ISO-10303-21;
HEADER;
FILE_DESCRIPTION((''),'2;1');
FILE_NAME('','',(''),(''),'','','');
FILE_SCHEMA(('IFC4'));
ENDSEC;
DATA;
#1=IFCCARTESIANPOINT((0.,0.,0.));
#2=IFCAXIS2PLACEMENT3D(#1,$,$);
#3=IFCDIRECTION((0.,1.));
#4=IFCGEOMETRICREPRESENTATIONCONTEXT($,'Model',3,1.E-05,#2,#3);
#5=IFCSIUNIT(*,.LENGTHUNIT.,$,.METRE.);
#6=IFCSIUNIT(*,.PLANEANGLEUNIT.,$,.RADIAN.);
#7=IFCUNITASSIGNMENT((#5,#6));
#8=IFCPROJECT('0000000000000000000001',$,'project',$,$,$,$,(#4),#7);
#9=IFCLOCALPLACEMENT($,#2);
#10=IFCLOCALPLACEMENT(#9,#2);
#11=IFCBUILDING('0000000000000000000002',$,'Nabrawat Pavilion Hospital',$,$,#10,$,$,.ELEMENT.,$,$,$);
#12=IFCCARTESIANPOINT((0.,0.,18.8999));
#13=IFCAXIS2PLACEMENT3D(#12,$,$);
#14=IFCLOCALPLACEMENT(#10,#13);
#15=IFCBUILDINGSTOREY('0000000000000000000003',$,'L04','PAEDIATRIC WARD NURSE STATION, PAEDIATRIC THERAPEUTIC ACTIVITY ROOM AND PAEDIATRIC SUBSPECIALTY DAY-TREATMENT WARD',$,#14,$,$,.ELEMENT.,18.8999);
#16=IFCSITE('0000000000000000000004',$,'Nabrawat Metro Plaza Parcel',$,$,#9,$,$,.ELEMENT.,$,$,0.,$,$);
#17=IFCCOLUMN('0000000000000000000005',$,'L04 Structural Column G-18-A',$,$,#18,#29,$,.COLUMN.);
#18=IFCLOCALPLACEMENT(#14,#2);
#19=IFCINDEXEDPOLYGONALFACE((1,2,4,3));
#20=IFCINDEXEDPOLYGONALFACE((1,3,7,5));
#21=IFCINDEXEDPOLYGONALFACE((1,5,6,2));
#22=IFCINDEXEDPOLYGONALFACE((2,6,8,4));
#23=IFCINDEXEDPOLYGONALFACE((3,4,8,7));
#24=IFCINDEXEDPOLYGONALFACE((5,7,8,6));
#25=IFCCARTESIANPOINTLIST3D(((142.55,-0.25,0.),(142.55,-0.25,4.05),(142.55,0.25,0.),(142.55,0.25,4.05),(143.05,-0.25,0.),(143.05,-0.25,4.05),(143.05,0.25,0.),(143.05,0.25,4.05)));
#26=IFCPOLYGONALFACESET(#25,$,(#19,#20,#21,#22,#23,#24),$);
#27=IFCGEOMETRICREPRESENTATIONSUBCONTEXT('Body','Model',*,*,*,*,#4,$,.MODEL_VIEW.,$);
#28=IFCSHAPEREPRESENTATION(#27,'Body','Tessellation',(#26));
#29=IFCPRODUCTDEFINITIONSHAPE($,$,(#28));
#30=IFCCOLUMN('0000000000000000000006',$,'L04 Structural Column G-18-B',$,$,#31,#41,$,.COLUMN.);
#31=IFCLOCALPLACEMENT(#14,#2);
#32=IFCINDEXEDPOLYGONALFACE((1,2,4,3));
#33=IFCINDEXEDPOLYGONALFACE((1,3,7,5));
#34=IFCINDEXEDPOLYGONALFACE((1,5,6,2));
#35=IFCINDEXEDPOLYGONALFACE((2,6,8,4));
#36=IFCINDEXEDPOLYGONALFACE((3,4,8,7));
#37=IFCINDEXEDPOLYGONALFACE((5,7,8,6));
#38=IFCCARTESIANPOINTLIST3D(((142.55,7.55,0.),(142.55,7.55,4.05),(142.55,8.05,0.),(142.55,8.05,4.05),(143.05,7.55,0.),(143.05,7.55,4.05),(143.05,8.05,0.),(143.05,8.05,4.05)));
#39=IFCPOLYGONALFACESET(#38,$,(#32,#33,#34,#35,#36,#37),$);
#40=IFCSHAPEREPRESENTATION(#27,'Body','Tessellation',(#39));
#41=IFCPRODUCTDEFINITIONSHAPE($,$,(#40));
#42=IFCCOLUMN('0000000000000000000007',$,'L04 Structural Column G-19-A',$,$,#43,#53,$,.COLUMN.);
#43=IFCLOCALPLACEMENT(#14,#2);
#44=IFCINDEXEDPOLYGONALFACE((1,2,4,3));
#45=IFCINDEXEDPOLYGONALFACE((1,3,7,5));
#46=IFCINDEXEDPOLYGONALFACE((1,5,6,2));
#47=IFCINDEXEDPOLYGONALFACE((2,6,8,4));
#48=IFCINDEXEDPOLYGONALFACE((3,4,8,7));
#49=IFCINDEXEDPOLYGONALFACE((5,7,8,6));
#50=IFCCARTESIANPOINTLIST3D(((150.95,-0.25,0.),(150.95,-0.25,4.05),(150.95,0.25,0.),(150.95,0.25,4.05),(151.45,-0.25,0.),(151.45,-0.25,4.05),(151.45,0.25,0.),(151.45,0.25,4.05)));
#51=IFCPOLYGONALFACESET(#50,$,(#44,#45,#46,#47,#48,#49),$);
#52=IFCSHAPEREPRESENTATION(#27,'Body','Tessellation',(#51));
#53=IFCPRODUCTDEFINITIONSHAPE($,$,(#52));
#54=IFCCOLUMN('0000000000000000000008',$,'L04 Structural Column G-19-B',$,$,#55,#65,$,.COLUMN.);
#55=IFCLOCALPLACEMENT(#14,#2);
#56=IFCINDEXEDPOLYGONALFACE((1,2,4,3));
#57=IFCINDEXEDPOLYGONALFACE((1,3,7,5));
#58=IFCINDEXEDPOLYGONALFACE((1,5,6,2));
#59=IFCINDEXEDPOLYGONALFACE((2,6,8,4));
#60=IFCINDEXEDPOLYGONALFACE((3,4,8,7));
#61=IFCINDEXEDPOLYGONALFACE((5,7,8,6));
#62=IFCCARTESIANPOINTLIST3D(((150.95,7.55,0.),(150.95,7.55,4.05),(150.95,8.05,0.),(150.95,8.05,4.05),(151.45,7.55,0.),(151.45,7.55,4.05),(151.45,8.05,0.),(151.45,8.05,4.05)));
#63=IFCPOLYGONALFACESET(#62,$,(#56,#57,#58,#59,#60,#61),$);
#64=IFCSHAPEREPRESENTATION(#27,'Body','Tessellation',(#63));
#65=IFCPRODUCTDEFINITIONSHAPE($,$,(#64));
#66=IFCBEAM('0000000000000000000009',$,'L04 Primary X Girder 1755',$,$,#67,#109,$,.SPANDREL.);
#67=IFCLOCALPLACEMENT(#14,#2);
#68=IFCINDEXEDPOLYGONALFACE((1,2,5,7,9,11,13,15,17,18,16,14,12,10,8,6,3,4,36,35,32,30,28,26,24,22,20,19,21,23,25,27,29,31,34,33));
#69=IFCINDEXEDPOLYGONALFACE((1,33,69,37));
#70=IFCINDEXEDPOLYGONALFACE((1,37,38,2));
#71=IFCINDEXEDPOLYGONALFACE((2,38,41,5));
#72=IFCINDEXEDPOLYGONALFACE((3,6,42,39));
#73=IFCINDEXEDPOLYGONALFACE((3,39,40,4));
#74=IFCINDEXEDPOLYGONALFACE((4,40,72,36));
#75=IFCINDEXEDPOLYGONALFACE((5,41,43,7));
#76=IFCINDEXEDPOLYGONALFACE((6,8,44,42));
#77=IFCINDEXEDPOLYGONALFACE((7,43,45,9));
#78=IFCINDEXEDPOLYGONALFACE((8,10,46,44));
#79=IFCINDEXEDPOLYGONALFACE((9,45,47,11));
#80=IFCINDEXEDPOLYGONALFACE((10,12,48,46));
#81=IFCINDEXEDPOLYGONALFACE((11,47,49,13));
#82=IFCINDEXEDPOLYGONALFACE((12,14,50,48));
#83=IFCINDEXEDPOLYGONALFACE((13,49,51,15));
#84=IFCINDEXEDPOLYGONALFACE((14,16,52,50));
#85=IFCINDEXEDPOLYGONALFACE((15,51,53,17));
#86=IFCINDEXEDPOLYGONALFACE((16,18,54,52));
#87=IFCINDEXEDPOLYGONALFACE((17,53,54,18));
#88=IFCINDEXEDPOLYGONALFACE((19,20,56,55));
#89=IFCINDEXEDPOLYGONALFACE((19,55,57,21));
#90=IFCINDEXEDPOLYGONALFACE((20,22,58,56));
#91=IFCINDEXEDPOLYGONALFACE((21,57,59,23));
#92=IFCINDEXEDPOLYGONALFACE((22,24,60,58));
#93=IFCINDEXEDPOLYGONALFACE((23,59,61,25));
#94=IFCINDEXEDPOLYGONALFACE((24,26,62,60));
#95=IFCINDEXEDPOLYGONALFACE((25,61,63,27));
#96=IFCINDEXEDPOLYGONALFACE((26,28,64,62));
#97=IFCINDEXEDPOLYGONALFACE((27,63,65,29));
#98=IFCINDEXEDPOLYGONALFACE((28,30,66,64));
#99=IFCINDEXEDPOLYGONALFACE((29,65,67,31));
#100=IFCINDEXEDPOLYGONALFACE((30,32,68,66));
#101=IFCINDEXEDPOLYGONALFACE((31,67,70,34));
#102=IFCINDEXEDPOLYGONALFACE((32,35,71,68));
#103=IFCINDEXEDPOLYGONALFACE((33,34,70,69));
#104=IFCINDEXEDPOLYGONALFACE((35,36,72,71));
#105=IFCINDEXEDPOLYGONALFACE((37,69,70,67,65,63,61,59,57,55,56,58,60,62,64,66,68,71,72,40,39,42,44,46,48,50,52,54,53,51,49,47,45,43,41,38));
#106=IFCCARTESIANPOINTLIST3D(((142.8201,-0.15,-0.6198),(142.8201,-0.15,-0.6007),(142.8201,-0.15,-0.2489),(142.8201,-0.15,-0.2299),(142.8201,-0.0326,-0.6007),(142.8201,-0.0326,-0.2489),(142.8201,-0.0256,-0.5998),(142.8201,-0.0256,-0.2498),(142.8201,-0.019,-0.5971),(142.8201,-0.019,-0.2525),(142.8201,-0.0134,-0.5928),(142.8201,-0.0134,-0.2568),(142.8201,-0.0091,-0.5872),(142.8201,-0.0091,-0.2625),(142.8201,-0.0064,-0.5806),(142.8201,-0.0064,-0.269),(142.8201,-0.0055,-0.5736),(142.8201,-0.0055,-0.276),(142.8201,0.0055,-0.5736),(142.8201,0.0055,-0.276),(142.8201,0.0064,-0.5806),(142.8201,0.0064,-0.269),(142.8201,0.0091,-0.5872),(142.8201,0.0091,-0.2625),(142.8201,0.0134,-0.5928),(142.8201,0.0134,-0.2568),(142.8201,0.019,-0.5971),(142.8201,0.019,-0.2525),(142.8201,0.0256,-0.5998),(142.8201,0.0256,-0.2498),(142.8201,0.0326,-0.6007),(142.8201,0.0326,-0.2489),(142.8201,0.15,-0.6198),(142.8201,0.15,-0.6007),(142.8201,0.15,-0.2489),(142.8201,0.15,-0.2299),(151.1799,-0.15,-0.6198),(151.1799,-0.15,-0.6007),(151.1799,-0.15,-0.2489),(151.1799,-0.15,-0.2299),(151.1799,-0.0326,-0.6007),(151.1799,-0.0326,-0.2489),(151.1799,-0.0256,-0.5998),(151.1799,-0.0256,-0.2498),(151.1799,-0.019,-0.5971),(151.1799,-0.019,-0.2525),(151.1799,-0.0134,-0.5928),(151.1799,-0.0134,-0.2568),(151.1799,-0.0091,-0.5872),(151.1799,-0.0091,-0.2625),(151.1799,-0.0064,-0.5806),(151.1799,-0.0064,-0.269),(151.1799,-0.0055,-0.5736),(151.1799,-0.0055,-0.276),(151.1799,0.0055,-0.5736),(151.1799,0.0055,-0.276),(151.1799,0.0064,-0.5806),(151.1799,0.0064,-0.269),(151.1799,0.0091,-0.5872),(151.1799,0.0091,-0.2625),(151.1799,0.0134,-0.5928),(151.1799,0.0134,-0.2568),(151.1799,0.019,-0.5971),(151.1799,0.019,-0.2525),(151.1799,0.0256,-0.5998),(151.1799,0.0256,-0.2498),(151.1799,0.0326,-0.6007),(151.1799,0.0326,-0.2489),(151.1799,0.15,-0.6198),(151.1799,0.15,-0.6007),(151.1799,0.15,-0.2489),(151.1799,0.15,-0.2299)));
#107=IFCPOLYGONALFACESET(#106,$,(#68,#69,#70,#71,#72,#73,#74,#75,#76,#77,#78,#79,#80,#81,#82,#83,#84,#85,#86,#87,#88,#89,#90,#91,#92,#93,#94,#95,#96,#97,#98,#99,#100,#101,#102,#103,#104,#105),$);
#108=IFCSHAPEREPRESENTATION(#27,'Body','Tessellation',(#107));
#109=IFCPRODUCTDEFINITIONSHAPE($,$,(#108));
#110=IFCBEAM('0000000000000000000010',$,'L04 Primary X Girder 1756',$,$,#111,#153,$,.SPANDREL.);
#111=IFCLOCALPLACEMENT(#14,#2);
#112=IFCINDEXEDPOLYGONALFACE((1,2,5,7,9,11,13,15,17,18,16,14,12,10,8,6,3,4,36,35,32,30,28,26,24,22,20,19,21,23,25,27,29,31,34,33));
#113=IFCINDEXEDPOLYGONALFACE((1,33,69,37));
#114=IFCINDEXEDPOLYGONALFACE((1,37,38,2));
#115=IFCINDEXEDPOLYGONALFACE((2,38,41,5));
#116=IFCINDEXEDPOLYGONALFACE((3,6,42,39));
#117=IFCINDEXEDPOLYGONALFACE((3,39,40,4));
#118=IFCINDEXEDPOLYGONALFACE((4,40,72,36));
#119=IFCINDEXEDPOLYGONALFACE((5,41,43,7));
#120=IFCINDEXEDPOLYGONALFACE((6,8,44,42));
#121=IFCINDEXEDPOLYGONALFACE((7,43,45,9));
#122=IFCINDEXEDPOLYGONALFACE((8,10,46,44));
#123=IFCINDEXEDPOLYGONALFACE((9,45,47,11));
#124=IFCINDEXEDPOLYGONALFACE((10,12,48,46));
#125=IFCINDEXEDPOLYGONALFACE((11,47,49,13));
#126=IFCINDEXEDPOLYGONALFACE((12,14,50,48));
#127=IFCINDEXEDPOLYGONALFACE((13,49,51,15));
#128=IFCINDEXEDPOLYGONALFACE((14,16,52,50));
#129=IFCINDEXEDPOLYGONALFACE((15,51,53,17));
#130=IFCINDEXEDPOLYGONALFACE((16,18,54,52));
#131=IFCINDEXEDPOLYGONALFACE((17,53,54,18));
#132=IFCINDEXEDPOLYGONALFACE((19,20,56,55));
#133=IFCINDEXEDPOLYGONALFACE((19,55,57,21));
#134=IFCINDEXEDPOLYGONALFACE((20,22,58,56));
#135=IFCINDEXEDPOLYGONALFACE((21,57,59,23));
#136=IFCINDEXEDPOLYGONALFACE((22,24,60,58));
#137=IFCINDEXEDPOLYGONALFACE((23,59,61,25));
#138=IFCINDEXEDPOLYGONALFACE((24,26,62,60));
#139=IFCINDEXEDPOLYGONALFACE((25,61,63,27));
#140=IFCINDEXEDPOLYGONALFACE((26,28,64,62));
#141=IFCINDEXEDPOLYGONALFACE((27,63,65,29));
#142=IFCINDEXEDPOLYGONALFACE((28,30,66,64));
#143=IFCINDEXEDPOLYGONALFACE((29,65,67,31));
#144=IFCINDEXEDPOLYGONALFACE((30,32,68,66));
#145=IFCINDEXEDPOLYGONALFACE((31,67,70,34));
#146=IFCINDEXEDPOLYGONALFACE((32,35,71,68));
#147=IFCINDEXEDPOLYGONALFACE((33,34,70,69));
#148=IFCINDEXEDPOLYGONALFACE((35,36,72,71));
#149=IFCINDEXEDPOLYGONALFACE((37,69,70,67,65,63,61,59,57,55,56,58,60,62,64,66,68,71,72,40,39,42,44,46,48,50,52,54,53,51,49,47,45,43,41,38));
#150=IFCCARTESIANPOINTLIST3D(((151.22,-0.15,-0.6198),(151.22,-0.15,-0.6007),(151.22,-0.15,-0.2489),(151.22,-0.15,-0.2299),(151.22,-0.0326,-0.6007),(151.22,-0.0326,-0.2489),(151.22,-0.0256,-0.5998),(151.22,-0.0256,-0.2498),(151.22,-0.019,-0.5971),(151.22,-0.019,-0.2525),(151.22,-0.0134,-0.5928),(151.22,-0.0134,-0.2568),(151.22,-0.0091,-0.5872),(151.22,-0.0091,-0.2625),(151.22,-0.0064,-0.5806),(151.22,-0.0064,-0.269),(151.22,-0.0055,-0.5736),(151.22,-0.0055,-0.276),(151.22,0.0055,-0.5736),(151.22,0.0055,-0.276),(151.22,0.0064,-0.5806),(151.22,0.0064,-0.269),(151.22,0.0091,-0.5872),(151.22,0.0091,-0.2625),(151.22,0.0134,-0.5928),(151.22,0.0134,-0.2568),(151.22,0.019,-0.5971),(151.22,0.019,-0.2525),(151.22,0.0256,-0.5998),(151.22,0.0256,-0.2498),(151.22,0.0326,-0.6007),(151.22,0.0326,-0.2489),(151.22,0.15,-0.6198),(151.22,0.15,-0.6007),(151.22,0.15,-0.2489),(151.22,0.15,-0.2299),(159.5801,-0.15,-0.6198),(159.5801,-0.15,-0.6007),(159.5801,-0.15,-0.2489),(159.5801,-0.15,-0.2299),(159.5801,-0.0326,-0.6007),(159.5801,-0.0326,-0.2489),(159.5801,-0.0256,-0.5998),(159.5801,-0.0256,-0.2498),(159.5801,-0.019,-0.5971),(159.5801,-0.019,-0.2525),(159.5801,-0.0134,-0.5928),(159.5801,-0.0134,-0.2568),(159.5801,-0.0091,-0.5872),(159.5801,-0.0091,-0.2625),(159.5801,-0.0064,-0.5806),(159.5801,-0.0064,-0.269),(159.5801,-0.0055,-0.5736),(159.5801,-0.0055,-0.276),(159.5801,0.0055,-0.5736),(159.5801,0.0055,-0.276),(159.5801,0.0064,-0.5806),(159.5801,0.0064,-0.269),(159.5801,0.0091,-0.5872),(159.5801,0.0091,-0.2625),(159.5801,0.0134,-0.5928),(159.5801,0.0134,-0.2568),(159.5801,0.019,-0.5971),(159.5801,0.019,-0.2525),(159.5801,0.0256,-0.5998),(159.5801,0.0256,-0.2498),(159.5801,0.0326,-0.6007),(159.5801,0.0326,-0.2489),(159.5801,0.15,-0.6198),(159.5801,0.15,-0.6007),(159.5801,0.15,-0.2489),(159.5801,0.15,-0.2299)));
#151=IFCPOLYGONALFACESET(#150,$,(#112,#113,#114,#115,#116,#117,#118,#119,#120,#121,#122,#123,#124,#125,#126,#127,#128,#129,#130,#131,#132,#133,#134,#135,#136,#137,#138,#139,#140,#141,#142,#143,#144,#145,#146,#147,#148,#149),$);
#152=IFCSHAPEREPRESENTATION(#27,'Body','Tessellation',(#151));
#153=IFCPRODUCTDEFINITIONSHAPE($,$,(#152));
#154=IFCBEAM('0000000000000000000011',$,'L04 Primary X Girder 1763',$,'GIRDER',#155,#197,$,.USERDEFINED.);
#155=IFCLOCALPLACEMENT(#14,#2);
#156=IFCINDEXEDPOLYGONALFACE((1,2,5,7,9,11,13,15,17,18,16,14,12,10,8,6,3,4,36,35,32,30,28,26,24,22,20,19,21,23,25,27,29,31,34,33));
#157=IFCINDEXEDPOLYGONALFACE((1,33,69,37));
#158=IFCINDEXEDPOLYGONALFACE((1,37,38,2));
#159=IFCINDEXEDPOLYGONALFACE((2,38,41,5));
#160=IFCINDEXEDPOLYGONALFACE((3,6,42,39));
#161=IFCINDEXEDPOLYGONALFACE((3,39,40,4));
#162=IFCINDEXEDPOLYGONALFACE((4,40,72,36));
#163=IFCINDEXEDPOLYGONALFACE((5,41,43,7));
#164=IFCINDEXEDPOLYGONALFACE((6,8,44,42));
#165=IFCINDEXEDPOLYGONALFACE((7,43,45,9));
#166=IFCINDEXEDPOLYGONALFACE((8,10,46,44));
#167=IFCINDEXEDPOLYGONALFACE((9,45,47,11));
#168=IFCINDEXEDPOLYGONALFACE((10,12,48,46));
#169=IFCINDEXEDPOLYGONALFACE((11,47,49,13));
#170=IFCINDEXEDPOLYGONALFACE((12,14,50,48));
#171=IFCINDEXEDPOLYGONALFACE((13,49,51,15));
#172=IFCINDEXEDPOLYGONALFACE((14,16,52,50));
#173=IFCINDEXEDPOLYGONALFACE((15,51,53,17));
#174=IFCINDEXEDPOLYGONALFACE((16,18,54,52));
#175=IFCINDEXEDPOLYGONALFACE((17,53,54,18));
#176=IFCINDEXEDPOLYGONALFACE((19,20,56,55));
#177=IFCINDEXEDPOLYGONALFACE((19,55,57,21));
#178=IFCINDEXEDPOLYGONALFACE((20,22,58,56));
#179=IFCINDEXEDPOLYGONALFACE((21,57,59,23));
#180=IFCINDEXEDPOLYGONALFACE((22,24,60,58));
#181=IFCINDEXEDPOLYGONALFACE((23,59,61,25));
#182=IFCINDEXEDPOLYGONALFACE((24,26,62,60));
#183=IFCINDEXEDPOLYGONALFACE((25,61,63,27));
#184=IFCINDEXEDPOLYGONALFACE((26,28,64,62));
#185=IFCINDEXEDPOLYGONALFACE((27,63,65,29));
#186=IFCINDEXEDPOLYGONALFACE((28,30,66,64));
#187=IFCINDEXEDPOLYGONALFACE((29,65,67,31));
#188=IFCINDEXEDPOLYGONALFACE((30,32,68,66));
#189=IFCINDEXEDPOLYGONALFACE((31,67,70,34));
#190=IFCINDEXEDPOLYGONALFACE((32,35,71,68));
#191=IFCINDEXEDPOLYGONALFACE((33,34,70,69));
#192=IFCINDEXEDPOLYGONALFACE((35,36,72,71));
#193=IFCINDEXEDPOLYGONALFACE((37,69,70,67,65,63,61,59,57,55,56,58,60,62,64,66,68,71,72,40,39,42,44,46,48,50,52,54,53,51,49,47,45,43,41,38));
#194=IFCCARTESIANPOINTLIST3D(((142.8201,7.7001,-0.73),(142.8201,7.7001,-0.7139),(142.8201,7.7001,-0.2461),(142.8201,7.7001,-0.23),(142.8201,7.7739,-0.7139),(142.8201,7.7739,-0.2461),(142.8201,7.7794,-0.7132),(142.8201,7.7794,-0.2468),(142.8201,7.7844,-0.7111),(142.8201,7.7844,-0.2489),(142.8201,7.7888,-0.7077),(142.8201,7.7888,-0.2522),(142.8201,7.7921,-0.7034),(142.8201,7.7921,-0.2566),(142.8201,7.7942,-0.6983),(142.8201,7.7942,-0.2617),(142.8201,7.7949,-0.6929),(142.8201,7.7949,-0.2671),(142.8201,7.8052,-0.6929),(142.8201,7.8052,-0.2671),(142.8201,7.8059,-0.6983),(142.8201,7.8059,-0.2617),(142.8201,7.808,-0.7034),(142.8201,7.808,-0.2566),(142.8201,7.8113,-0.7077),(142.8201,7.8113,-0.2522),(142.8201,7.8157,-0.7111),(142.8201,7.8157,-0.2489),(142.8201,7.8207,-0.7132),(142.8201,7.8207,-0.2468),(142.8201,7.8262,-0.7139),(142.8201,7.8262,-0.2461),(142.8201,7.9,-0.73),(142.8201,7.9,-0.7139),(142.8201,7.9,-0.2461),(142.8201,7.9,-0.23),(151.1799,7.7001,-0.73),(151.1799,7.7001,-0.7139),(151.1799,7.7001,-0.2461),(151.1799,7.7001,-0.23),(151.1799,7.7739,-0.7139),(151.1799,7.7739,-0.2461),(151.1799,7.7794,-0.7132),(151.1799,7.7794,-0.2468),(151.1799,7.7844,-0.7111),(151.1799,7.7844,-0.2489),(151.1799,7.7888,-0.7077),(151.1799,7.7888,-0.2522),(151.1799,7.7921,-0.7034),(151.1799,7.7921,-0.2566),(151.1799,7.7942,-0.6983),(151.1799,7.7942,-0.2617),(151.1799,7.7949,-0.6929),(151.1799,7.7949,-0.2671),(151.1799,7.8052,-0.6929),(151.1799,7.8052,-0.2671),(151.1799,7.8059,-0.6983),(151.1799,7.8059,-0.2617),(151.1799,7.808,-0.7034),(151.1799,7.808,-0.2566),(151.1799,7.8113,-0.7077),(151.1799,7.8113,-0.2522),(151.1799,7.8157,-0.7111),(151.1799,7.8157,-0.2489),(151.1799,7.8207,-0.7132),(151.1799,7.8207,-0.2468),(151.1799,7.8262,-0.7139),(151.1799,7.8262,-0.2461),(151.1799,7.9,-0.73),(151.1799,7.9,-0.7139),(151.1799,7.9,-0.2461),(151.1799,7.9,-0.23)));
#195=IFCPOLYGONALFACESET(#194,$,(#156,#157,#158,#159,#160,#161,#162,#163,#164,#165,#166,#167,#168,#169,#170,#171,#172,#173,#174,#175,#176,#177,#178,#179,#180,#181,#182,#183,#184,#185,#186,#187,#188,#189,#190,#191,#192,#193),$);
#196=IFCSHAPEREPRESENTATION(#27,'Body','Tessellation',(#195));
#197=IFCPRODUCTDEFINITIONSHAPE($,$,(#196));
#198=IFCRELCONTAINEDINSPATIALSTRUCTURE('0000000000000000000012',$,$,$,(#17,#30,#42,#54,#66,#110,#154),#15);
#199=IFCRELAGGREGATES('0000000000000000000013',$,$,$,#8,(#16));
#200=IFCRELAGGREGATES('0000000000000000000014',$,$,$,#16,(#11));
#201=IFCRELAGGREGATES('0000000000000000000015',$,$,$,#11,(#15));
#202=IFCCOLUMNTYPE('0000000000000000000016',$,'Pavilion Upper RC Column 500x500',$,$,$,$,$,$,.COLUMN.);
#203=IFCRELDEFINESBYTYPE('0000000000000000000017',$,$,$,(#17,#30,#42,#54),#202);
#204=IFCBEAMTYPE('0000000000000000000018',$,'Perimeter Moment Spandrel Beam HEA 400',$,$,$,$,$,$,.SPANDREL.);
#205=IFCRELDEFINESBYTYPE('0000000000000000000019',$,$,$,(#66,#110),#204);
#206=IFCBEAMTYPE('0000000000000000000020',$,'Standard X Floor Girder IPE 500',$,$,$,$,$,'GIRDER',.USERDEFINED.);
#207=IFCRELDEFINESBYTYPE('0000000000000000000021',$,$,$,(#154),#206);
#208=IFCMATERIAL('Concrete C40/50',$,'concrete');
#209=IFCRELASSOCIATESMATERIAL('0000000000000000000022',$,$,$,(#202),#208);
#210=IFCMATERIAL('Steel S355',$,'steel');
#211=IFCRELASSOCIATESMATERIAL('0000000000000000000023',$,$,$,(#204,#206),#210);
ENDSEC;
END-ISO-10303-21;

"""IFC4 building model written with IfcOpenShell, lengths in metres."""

from ifc_helpers import new_model, si_unit, direction, frame, origin, origin_2d, place, context, subcontext, project, spatial, rectangle, i_section, extrude, material, material_profile, profile_set, type_object, element, save


model = new_model("IFC4")

# Units and contexts
model_context = context("Model", 3, precision=1e-05, world=origin(), true_north=direction((0.0, 1.0)))
body_context = subcontext(model_context, "Body", "Model", "MODEL_VIEW")
ifc_project = project(units=[si_unit("LENGTHUNIT", "METRE"), si_unit("PLANEANGLEUNIT", "RADIAN")], contexts=[model_context])

# Site, building, storey
site_placement = place(None, origin())
site = spatial("IfcSite", under=ifc_project, at=site_placement, Name="Nabrawat Metro Plaza Parcel", CompositionType="ELEMENT", RefElevation=0.0)
building_placement = place(site_placement, origin())
building = spatial("IfcBuilding", under=site, at=building_placement, Name="Nabrawat Pavilion Hospital", CompositionType="ELEMENT")
storey_placement = place(building_placement, frame((0.0, 0.0, 18.8999)))
storey = spatial("IfcBuildingStorey", under=building, at=storey_placement, Name="L04", Description="PAEDIATRIC WARD NURSE STATION, PAEDIATRIC THERAPEUTIC ACTIVITY ROOM AND PAEDIATRIC SUBSPECIALTY DAY-TREATMENT WARD", CompositionType="ELEMENT", Elevation=18.8999)

# Columns
ifc_material_1 = material(Name="Concrete C40/50", Category="concrete")
ifc_material_profile_1 = material_profile(ifc_material_1, rectangle(XDim=0.5, YDim=0.5, at=origin_2d()), Name="RC 500x500")
ifc_profile_set_1 = profile_set([ifc_material_profile_1], Name="Concrete C40/50")
column_type = type_object("IfcColumnType", Name="Pavilion Upper RC Column 500x500", PredefinedType="COLUMN", material=ifc_profile_set_1)
for number, where, z_axis, x_axis, name in (
    (1, (142.8, 0.0, 0.0), (0.0, 0.0, 1.0), (1.0, 0.0, 0.0), "L04 Structural Column G-18-A"),
    (2, (142.8, 7.8, 0.0), (0.0, 0.0, 1.0), (1.0, 0.0, 0.0), "L04 Structural Column G-18-B"),
    (3, (151.2, 0.0, 0.0), (0.0, 0.0, 1.0), (1.0, 0.0, 0.0), "L04 Structural Column G-19-A"),
    (4, (151.2, 7.8, 0.0), (0.0, 0.0, 1.0), (1.0, 0.0, 0.0), "L04 Structural Column G-19-B"),
):
    element("IfcColumn", number, at=place(storey_placement, frame(where, z_axis=z_axis, x_axis=x_axis)), inside=storey, type_object=column_type, Name=name, PredefinedType="COLUMN", context=body_context, shape_type="SweptSolid", body=[
        extrude(rectangle(XDim=0.5, YDim=0.5, at=origin_2d()), origin(), (0.0, 0.0, 1.0), 4.05),
    ])

# Beams
ifc_material_2 = material(Name="Steel S355", Category="steel")
ifc_material_profile_2 = material_profile(ifc_material_2, i_section(OverallWidth=0.3, OverallDepth=0.3899, WebThickness=0.011, FlangeThickness=0.019, FilletRadius=0.0271, at=origin_2d()), Name="HEA 400")
ifc_profile_set_2 = profile_set([ifc_material_profile_2], Name="Steel S355")
beam_type_1 = type_object("IfcBeamType", Name="Perimeter Moment Spandrel Beam HEA 400", PredefinedType="SPANDREL", material=ifc_profile_set_2)
beam_1_placement = place(storey_placement, frame((142.8201, 0.0, -0.4248), z_axis=(1.0, 0.0, 0.0), x_axis=(0.0, 1.0, 0.0)))
element("IfcBeam", 5, at=beam_1_placement, inside=storey, type_object=beam_type_1, Name="L04 Primary X Girder 1755", PredefinedType="SPANDREL", context=body_context, shape_type="SweptSolid", body=[
    extrude(i_section(OverallWidth=0.3, OverallDepth=0.3899, WebThickness=0.011, FlangeThickness=0.019, FilletRadius=0.0271, at=origin_2d()), origin(), (0.0, 0.0, 1.0), 8.3599),
])
beam_2_placement = place(storey_placement, frame((151.22, 0.0, -0.4248), z_axis=(1.0, 0.0, 0.0), x_axis=(0.0, 1.0, 0.0)))
element("IfcBeam", 6, at=beam_2_placement, inside=storey, type_object=beam_type_1, Name="L04 Primary X Girder 1756", PredefinedType="SPANDREL", context=body_context, shape_type="SweptSolid", body=[
    extrude(i_section(OverallWidth=0.3, OverallDepth=0.3899, WebThickness=0.011, FlangeThickness=0.019, FilletRadius=0.0271, at=origin_2d()), origin(), (0.0, 0.0, 1.0), 8.3601),
])
ifc_material_profile_3 = material_profile(ifc_material_2, i_section(OverallWidth=0.2, OverallDepth=0.5, WebThickness=0.0103, FlangeThickness=0.0161, FilletRadius=0.021, at=origin_2d()), Name="IPE 500")
ifc_profile_set_3 = profile_set([ifc_material_profile_3], Name="Steel S355")
beam_type_2 = type_object("IfcBeamType", Name="Standard X Floor Girder IPE 500", ElementType="GIRDER", PredefinedType="USERDEFINED", material=ifc_profile_set_3)
beam_3_placement = place(storey_placement, frame((142.8201, 7.8, -0.48), z_axis=(1.0, 0.0, 0.0), x_axis=(0.0, 1.0, 0.0)))
element("IfcBeam", 7, at=beam_3_placement, inside=storey, type_object=beam_type_2, Name="L04 Primary X Girder 1763", ObjectType="GIRDER", PredefinedType="USERDEFINED", context=body_context, shape_type="SweptSolid", body=[
    extrude(i_section(OverallWidth=0.2, OverallDepth=0.5, WebThickness=0.0103, FlangeThickness=0.0161, FilletRadius=0.021, at=origin_2d()), origin(), (0.0, 0.0, 1.0), 8.3599),
])

save(model, "model.ifc")
